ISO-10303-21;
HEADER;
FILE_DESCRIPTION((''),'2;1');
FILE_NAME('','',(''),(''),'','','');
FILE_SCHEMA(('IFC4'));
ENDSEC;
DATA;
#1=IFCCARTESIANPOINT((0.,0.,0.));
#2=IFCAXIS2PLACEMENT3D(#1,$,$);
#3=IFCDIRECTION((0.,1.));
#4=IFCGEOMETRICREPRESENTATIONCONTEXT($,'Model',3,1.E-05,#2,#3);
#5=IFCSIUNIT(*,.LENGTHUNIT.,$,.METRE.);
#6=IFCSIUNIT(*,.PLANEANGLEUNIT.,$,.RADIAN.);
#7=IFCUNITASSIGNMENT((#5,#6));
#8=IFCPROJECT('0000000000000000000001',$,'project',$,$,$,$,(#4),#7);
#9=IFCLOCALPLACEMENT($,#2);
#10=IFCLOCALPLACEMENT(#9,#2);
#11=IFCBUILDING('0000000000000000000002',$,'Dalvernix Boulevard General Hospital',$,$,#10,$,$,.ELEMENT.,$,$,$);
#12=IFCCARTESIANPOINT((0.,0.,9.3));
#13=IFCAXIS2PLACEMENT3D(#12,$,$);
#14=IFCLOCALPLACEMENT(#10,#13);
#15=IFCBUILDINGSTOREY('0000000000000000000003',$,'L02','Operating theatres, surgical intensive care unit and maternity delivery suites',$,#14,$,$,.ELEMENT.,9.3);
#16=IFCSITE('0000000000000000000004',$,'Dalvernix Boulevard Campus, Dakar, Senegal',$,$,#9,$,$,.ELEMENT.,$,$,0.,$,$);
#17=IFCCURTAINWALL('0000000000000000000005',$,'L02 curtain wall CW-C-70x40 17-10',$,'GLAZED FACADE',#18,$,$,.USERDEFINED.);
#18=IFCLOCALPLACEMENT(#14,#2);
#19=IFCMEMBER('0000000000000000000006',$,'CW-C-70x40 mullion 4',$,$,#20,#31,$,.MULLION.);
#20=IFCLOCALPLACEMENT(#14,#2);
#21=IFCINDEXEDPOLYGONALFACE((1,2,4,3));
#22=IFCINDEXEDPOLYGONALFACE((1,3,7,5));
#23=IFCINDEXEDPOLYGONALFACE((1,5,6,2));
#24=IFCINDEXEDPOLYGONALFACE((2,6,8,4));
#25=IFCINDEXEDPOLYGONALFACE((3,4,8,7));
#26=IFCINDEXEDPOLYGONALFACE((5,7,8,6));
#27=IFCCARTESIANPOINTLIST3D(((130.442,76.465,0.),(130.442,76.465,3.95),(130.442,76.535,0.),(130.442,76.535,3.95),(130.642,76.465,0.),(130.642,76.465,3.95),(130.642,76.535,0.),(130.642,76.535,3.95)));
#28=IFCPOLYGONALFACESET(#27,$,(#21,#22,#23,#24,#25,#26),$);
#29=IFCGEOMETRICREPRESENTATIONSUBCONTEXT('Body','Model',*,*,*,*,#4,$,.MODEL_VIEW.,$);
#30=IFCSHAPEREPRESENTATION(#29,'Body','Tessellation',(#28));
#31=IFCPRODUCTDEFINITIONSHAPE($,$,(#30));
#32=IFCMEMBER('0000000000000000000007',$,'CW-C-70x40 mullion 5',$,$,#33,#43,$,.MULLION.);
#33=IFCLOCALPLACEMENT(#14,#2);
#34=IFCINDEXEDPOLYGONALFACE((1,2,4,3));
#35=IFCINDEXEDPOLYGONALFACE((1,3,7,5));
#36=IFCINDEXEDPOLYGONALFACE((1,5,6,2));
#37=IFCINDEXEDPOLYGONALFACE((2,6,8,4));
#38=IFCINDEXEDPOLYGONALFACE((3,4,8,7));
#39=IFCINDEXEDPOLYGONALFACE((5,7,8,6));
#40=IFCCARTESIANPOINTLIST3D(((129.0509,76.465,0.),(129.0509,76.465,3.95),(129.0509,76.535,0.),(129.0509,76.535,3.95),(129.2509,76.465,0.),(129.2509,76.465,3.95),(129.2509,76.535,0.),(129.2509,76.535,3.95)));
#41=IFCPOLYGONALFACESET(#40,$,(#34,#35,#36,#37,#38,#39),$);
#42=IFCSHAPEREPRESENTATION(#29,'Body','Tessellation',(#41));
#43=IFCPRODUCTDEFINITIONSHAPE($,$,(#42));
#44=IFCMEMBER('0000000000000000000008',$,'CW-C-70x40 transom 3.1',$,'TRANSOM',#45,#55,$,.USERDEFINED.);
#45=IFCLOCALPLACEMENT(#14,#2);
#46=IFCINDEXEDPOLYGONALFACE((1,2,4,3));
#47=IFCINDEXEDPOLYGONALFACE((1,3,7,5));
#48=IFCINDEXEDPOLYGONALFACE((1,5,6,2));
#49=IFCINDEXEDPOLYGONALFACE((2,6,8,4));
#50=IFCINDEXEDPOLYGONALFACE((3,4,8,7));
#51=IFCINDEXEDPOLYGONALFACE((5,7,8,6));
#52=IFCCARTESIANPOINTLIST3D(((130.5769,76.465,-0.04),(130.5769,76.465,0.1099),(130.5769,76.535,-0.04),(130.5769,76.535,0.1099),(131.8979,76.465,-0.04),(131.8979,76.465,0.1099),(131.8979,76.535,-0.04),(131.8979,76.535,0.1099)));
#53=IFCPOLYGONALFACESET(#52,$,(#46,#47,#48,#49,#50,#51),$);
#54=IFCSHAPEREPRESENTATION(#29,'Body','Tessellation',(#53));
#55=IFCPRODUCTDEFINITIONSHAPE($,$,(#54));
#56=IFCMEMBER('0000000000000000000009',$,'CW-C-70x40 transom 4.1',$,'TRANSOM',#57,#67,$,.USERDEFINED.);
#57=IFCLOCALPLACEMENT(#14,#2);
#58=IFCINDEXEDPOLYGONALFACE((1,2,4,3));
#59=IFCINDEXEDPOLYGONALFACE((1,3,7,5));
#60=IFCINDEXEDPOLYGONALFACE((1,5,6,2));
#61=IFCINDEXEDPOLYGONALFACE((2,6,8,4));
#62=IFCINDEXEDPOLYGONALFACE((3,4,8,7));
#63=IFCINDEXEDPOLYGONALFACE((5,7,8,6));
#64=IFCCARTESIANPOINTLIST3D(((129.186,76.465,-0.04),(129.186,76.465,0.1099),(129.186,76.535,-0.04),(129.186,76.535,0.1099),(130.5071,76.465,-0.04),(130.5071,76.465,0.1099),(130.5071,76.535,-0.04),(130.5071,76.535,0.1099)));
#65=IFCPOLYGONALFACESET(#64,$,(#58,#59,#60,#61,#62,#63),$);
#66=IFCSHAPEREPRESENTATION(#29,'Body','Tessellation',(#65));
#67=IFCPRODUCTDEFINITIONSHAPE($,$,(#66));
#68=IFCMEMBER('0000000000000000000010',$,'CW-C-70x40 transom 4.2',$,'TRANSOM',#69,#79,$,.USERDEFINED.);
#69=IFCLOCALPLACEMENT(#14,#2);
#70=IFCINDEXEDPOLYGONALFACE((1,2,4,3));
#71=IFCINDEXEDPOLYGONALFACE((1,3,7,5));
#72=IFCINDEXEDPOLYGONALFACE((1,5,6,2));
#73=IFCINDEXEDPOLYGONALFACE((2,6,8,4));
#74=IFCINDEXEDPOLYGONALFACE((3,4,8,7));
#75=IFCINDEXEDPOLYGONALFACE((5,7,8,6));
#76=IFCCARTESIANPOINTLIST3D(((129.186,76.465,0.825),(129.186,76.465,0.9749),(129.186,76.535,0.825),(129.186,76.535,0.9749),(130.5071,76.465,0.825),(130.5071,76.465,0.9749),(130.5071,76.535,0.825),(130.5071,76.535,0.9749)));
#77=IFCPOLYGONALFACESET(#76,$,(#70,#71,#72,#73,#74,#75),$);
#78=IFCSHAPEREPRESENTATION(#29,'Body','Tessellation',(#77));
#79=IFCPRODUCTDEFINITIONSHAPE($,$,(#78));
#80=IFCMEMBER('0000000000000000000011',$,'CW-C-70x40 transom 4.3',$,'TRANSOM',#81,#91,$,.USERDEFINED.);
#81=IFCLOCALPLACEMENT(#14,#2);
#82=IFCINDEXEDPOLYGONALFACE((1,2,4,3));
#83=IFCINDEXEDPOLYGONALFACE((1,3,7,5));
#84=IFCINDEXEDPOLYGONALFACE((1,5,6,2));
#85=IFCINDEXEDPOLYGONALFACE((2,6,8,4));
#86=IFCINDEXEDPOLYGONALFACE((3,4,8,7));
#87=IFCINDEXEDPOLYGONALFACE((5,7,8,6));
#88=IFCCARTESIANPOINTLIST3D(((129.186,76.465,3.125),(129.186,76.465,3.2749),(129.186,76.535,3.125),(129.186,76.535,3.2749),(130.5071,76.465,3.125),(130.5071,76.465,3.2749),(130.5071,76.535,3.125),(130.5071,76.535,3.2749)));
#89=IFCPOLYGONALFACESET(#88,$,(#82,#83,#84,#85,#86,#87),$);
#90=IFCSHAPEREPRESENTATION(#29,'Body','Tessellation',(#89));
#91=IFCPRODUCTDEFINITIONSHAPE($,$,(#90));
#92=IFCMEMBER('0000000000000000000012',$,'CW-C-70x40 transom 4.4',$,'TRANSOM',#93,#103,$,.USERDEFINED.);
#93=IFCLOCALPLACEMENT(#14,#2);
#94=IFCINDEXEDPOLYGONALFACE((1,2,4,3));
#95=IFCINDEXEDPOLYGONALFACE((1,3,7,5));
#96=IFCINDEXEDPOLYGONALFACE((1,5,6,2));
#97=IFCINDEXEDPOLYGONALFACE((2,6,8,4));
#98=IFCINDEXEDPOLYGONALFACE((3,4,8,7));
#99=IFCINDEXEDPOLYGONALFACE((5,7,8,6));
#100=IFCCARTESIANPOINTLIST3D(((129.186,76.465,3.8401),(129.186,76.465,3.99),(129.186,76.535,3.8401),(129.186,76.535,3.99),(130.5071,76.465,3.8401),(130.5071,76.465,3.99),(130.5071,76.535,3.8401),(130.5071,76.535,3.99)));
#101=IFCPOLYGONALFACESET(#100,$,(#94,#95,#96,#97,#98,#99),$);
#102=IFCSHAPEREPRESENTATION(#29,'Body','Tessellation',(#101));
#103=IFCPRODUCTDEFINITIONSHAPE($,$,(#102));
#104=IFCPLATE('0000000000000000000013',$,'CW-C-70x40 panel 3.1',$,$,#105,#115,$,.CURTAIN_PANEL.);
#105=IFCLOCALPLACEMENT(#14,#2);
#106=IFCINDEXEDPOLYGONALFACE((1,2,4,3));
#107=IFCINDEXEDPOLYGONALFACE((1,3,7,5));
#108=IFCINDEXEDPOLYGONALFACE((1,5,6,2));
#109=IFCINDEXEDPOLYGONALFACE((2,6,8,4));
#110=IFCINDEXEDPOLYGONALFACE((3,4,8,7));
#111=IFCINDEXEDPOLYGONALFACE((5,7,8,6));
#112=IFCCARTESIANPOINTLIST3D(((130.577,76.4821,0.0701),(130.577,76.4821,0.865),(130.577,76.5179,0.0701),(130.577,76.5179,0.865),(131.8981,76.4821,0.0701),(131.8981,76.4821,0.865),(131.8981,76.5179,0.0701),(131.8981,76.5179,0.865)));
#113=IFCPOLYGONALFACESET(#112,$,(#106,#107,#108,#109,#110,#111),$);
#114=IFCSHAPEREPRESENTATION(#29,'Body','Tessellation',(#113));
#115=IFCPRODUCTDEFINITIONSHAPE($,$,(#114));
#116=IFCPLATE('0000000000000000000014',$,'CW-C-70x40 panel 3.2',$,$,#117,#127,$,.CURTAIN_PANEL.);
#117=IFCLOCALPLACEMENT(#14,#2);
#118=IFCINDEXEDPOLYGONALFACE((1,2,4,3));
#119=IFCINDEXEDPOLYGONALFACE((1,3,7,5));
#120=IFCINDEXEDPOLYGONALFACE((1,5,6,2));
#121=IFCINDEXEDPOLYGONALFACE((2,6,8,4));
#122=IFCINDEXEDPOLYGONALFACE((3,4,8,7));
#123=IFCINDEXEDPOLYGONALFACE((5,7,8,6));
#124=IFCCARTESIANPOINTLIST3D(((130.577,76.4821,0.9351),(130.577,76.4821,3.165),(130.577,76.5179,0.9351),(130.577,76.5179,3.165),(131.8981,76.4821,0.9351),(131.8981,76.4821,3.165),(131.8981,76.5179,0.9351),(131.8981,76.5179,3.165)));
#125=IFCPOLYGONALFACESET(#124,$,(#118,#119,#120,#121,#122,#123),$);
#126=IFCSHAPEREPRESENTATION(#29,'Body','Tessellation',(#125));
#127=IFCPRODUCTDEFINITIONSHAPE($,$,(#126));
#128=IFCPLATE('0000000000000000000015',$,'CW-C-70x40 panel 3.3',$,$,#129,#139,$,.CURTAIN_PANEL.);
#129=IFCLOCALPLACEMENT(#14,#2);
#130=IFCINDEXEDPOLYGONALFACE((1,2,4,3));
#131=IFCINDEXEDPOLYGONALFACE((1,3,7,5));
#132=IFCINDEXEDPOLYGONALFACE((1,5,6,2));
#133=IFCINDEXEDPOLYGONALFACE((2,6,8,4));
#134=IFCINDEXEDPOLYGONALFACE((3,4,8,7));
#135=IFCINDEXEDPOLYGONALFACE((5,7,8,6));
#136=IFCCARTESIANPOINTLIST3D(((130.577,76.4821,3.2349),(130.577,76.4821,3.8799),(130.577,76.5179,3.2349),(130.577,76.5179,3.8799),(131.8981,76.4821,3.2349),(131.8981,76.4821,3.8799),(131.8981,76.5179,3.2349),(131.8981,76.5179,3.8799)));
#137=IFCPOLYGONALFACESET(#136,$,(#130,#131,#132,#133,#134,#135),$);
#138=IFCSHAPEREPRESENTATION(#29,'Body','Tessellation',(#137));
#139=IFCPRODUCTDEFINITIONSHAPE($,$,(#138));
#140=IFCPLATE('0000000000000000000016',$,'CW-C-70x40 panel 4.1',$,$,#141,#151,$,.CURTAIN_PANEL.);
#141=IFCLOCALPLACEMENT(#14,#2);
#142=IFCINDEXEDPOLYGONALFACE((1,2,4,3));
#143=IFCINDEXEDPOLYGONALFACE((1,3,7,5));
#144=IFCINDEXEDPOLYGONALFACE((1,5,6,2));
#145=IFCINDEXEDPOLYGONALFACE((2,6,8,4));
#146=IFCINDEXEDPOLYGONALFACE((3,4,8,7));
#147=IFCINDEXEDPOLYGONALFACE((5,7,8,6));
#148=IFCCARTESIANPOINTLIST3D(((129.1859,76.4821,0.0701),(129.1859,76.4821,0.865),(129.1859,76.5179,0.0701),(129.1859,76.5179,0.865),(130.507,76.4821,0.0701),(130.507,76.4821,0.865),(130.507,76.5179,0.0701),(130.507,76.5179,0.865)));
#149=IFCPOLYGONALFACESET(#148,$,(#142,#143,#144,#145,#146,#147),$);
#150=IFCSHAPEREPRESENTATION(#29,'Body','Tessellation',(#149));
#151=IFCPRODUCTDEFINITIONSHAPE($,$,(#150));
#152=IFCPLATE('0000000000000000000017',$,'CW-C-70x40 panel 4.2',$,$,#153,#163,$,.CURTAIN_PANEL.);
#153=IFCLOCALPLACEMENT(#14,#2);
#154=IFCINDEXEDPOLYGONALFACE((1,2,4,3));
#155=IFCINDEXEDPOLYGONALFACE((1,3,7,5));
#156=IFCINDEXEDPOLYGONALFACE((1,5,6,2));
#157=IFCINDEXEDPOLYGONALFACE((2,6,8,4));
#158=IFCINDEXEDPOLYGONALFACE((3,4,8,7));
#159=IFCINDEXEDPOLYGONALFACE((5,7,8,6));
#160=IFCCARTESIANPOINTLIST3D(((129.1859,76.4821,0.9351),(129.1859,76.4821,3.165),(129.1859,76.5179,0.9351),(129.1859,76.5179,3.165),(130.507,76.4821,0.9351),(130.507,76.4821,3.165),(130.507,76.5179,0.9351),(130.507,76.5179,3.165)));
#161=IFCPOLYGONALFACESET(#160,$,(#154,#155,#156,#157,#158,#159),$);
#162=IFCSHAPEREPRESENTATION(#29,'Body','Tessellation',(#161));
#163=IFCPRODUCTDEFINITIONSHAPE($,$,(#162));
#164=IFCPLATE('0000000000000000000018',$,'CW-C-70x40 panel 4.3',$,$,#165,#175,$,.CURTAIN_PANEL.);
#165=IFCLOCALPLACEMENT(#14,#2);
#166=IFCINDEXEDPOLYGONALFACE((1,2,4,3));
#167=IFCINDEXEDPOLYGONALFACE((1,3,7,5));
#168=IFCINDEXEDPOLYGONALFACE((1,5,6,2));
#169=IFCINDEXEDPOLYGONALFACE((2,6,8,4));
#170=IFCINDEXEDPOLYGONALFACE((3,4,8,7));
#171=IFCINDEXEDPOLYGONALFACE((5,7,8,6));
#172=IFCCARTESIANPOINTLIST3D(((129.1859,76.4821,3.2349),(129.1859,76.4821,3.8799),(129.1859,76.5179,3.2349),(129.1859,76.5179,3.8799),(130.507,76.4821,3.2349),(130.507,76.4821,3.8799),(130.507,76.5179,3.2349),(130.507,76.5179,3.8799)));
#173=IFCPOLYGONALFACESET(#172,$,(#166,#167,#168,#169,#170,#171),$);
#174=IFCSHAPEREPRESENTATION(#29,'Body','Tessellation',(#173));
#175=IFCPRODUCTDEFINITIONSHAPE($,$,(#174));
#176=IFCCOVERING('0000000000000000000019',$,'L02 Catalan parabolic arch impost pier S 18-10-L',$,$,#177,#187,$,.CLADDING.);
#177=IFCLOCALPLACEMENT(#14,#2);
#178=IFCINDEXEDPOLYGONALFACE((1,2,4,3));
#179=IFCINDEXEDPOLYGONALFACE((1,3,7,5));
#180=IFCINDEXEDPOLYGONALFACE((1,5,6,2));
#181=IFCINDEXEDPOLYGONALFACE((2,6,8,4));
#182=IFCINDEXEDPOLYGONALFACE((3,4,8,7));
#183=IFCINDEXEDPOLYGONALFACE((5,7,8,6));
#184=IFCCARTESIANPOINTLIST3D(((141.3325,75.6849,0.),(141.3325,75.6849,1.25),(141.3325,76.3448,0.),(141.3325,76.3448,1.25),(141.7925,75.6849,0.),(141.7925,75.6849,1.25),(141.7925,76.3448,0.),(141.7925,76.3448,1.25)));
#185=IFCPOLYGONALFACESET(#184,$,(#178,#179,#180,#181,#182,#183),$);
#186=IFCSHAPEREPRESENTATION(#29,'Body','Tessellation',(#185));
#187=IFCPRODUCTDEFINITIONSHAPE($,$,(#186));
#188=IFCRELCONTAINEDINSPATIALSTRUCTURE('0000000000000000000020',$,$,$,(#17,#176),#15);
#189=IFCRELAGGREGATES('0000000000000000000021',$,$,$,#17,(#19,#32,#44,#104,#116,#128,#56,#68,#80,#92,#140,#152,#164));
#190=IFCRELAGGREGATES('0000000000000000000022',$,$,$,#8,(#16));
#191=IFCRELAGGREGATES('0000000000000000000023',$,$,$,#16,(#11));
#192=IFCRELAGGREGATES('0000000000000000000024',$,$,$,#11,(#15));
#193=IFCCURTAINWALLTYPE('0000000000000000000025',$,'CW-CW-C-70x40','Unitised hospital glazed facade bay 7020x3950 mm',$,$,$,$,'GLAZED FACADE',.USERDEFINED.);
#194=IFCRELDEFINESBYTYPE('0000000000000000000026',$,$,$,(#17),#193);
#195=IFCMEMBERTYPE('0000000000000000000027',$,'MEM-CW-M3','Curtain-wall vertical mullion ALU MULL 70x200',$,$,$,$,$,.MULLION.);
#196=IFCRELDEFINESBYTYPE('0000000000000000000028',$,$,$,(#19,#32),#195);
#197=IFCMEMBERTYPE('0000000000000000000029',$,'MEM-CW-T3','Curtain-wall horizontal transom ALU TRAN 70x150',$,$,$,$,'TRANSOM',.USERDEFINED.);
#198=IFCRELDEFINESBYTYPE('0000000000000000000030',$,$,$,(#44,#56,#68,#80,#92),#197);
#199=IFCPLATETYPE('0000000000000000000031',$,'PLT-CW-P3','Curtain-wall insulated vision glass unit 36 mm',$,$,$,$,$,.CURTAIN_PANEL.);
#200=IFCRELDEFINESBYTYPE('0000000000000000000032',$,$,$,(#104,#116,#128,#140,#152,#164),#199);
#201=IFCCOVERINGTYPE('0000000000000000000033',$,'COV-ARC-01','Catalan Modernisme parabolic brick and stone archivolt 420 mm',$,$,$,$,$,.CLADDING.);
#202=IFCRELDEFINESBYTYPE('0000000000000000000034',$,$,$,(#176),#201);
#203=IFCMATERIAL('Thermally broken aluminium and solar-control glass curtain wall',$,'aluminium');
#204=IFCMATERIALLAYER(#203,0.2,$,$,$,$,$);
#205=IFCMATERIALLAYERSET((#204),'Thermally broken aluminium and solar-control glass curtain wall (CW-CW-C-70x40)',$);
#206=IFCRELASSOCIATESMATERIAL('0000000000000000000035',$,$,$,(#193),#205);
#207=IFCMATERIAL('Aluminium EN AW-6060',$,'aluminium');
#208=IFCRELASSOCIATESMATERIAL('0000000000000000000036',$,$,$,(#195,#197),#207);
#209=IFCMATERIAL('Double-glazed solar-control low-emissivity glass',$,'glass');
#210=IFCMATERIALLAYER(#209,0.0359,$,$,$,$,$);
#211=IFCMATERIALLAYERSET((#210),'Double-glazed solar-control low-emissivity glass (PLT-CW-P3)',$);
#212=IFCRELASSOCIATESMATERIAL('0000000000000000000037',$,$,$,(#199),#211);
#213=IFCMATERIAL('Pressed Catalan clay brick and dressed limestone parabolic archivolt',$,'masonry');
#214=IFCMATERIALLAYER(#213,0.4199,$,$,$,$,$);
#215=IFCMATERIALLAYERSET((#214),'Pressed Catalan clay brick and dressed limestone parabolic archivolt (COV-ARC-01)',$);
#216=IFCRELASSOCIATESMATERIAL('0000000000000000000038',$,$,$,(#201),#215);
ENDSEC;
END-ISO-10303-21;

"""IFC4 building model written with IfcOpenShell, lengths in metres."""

from ifc_helpers import new_model, si_unit, direction, frame, origin, origin_2d, place, context, subcontext, project, spatial, rectangle, extrude, material, layer, layer_set, material_profile, profile_set, type_object, element, aggregate, save


model = new_model("IFC4")

# Units and contexts
model_context = context("Model", 3, precision=1e-05, world=origin(), true_north=direction((0.0, 1.0)))
body_context = subcontext(model_context, "Body", "Model", "MODEL_VIEW")
ifc_project = project(units=[si_unit("LENGTHUNIT", "METRE"), si_unit("PLANEANGLEUNIT", "RADIAN")], contexts=[model_context])

# Site, building, storey
site_placement = place(None, origin())
site = spatial("IfcSite", under=ifc_project, at=site_placement, Name="Dalvernix Boulevard Campus, Dakar, Senegal", CompositionType="ELEMENT", RefElevation=0.0)
building_placement = place(site_placement, origin())
building = spatial("IfcBuilding", under=site, at=building_placement, Name="Dalvernix Boulevard General Hospital", CompositionType="ELEMENT")
storey_placement = place(building_placement, frame((0.0, 0.0, 9.3)))
storey = spatial("IfcBuildingStorey", under=building, at=storey_placement, Name="L02", Description="Operating theatres, surgical intensive care unit and maternity delivery suites", CompositionType="ELEMENT", Elevation=9.3)

# Curtain wall, members, plates
ifc_material_1 = material(Name="Thermally broken aluminium and solar-control glass curtain wall", Category="aluminium")
ifc_layer_1 = layer(ifc_material_1, 0.2)
ifc_layer_set_1 = layer_set([ifc_layer_1], Name="Thermally broken aluminium and solar-control glass curtain wall (CW-CW-C-70x40)")
curtain_wall_type = type_object("IfcCurtainWallType", Name="CW-CW-C-70x40", Description="Unitised hospital glazed facade bay 7020x3950 mm", ElementType="GLAZED FACADE", PredefinedType="USERDEFINED", material=ifc_layer_set_1)
curtain_wall_placement = place(storey_placement, origin())
curtain_wall = element("IfcCurtainWall", 1, at=curtain_wall_placement, inside=storey, type_object=curtain_wall_type, Name="L02 curtain wall CW-C-70x40 17-10", ObjectType="GLAZED FACADE", PredefinedType="USERDEFINED")
ifc_material_2 = material(Name="Aluminium EN AW-6060", Category="aluminium")
ifc_material_profile_1 = material_profile(ifc_material_2, rectangle(XDim=0.0701, YDim=0.2, at=origin_2d()), Name="ALU MULL 70x200")
ifc_profile_set_1 = profile_set([ifc_material_profile_1], Name="Aluminium EN AW-6060")
member_type_1 = type_object("IfcMemberType", Name="MEM-CW-M3", Description="Curtain-wall vertical mullion ALU MULL 70x200", PredefinedType="MULLION", material=ifc_profile_set_1)
member_1_placement = place(storey_placement, frame((130.542, 76.5, 0.0), z_axis=(0.0, 0.0, 1.0), x_axis=(0.0, -1.0, 0.0)))
member_1 = element("IfcMember", 2, at=member_1_placement, type_object=member_type_1, Name="CW-C-70x40 mullion 4", PredefinedType="MULLION", context=body_context, shape_type="SweptSolid", body=[
    extrude(rectangle(XDim=0.0701, YDim=0.2, at=origin_2d()), origin(), (0.0, 0.0, 1.0), 3.95),
])
member_2_placement = place(storey_placement, frame((129.1509, 76.5, 0.0), z_axis=(0.0, 0.0, 1.0), x_axis=(0.0, -1.0, 0.0)))
member_2 = element("IfcMember", 3, at=member_2_placement, type_object=member_type_1, Name="CW-C-70x40 mullion 5", PredefinedType="MULLION", context=body_context, shape_type="SweptSolid", body=[
    extrude(rectangle(XDim=0.0701, YDim=0.2, at=origin_2d()), origin(), (0.0, 0.0, 1.0), 3.95),
])
ifc_material_profile_2 = material_profile(ifc_material_2, rectangle(XDim=0.0701, YDim=0.1499, at=origin_2d()), Name="ALU TRAN 70x150")
ifc_profile_set_2 = profile_set([ifc_material_profile_2], Name="Aluminium EN AW-6060")
member_type_2 = type_object("IfcMemberType", Name="MEM-CW-T3", Description="Curtain-wall horizontal transom ALU TRAN 70x150", ElementType="TRANSOM", PredefinedType="USERDEFINED", material=ifc_profile_set_2)
member_3_placement = place(storey_placement, frame((131.8979, 76.5, 0.0349), z_axis=(-1.0, 0.0, 0.0), x_axis=(0.0, -1.0, 0.0)))
member_3 = element("IfcMember", 4, at=member_3_placement, type_object=member_type_2, Name="CW-C-70x40 transom 3.1", ObjectType="TRANSOM", PredefinedType="USERDEFINED", context=body_context, shape_type="SweptSolid", body=[
    extrude(rectangle(XDim=0.0701, YDim=0.1499, at=origin_2d()), origin(), (0.0, 0.0, 1.0), 1.321),
])
member_4_placement = place(storey_placement, frame((130.5071, 76.5, 0.0349), z_axis=(-1.0, 0.0, 0.0), x_axis=(0.0, -1.0, 0.0)))
member_4 = element("IfcMember", 5, at=member_4_placement, type_object=member_type_2, Name="CW-C-70x40 transom 4.1", ObjectType="TRANSOM", PredefinedType="USERDEFINED", context=body_context, shape_type="SweptSolid", body=[
    extrude(rectangle(XDim=0.0701, YDim=0.1499, at=origin_2d()), origin(), (0.0, 0.0, 1.0), 1.321),
])
member_5_placement = place(storey_placement, frame((130.5071, 76.5, 0.8999), z_axis=(-1.0, 0.0, 0.0), x_axis=(0.0, -1.0, 0.0)))
member_5 = element("IfcMember", 6, at=member_5_placement, type_object=member_type_2, Name="CW-C-70x40 transom 4.2", ObjectType="TRANSOM", PredefinedType="USERDEFINED", context=body_context, shape_type="SweptSolid", body=[
    extrude(rectangle(XDim=0.0701, YDim=0.1499, at=origin_2d()), origin(), (0.0, 0.0, 1.0), 1.321),
])
member_6_placement = place(storey_placement, frame((130.5071, 76.5, 3.2), z_axis=(-1.0, 0.0, 0.0), x_axis=(0.0, -1.0, 0.0)))
member_6 = element("IfcMember", 7, at=member_6_placement, type_object=member_type_2, Name="CW-C-70x40 transom 4.3", ObjectType="TRANSOM", PredefinedType="USERDEFINED", context=body_context, shape_type="SweptSolid", body=[
    extrude(rectangle(XDim=0.0701, YDim=0.1499, at=origin_2d()), origin(), (0.0, 0.0, 1.0), 1.321),
])
member_7_placement = place(storey_placement, frame((130.5071, 76.5, 3.915), z_axis=(-1.0, 0.0, 0.0), x_axis=(0.0, -1.0, 0.0)))
member_7 = element("IfcMember", 8, at=member_7_placement, type_object=member_type_2, Name="CW-C-70x40 transom 4.4", ObjectType="TRANSOM", PredefinedType="USERDEFINED", context=body_context, shape_type="SweptSolid", body=[
    extrude(rectangle(XDim=0.0701, YDim=0.1499, at=origin_2d()), origin(), (0.0, 0.0, 1.0), 1.321),
])
ifc_material_3 = material(Name="Double-glazed solar-control low-emissivity glass", Category="glass")
ifc_layer_2 = layer(ifc_material_3, 0.0359)
ifc_layer_set_2 = layer_set([ifc_layer_2], Name="Double-glazed solar-control low-emissivity glass (PLT-CW-P3)")
plate_type = type_object("IfcPlateType", Name="PLT-CW-P3", Description="Curtain-wall insulated vision glass unit 36 mm", PredefinedType="CURTAIN_PANEL", material=ifc_layer_set_2)
plate_1_placement = place(storey_placement, frame((131.2375, 76.5, 0.0701), z_axis=(0.0, 0.0, 1.0), x_axis=(-1.0, 0.0, 0.0)))
plate_1 = element("IfcPlate", 9, at=plate_1_placement, type_object=plate_type, Name="CW-C-70x40 panel 3.1", PredefinedType="CURTAIN_PANEL", context=body_context, shape_type="SweptSolid", body=[
    extrude(rectangle(XDim=1.321, YDim=0.0359, at=origin_2d()), origin(), (0.0, 0.0, 1.0), 0.7949),
])
plate_2_placement = place(storey_placement, frame((131.2375, 76.5, 0.9351), z_axis=(0.0, 0.0, 1.0), x_axis=(-1.0, 0.0, 0.0)))
plate_2 = element("IfcPlate", 10, at=plate_2_placement, type_object=plate_type, Name="CW-C-70x40 panel 3.2", PredefinedType="CURTAIN_PANEL", context=body_context, shape_type="SweptSolid", body=[
    extrude(rectangle(XDim=1.321, YDim=0.0359, at=origin_2d()), origin(), (0.0, 0.0, 1.0), 2.23),
])
plate_3_placement = place(storey_placement, frame((131.2375, 76.5, 3.2349), z_axis=(0.0, 0.0, 1.0), x_axis=(-1.0, 0.0, 0.0)))
plate_3 = element("IfcPlate", 11, at=plate_3_placement, type_object=plate_type, Name="CW-C-70x40 panel 3.3", PredefinedType="CURTAIN_PANEL", context=body_context, shape_type="SweptSolid", body=[
    extrude(rectangle(XDim=1.321, YDim=0.0359, at=origin_2d()), origin(), (0.0, 0.0, 1.0), 0.645),
])
plate_4_placement = place(storey_placement, frame((129.8464, 76.5, 0.0701), z_axis=(0.0, 0.0, 1.0), x_axis=(-1.0, 0.0, 0.0)))
plate_4 = element("IfcPlate", 12, at=plate_4_placement, type_object=plate_type, Name="CW-C-70x40 panel 4.1", PredefinedType="CURTAIN_PANEL", context=body_context, shape_type="SweptSolid", body=[
    extrude(rectangle(XDim=1.321, YDim=0.0359, at=origin_2d()), origin(), (0.0, 0.0, 1.0), 0.7949),
])
plate_5_placement = place(storey_placement, frame((129.8464, 76.5, 0.9351), z_axis=(0.0, 0.0, 1.0), x_axis=(-1.0, 0.0, 0.0)))
plate_5 = element("IfcPlate", 13, at=plate_5_placement, type_object=plate_type, Name="CW-C-70x40 panel 4.2", PredefinedType="CURTAIN_PANEL", context=body_context, shape_type="SweptSolid", body=[
    extrude(rectangle(XDim=1.321, YDim=0.0359, at=origin_2d()), origin(), (0.0, 0.0, 1.0), 2.23),
])
plate_6_placement = place(storey_placement, frame((129.8464, 76.5, 3.2349), z_axis=(0.0, 0.0, 1.0), x_axis=(-1.0, 0.0, 0.0)))
plate_6 = element("IfcPlate", 14, at=plate_6_placement, type_object=plate_type, Name="CW-C-70x40 panel 4.3", PredefinedType="CURTAIN_PANEL", context=body_context, shape_type="SweptSolid", body=[
    extrude(rectangle(XDim=1.321, YDim=0.0359, at=origin_2d()), origin(), (0.0, 0.0, 1.0), 0.645),
])
aggregate(curtain_wall, [member_1, member_2, member_3, plate_1, plate_2, plate_3, member_4, member_5, member_6, member_7, plate_4, plate_5, plate_6])

# Covering
ifc_material_4 = material(Name="Pressed Catalan clay brick and dressed limestone parabolic archivolt", Category="masonry")
ifc_layer_3 = layer(ifc_material_4, 0.4199)
ifc_layer_set_3 = layer_set([ifc_layer_3], Name="Pressed Catalan clay brick and dressed limestone parabolic archivolt (COV-ARC-01)")
covering_type_1 = type_object("IfcCoveringType", Name="COV-ARC-01", Description="Catalan Modernisme parabolic brick and stone archivolt 420 mm", PredefinedType="CLADDING", material=ifc_layer_set_3)
covering_1_placement = place(storey_placement, frame((141.5625, 76.0149, 0.0), z_axis=(0.0, 0.0, 1.0), x_axis=(-1.0, 0.0, 0.0)))
element("IfcCovering", 15, at=covering_1_placement, inside=storey, type_object=covering_type_1, Name="L02 Catalan parabolic arch impost pier S 18-10-L", PredefinedType="CLADDING", context=body_context, shape_type="SweptSolid", body=[
    extrude(rectangle(XDim=0.46, YDim=0.6599, at=origin_2d()), origin(), (0.0, 0.0, 1.0), 1.25),
])

save(model, "model.ifc")
